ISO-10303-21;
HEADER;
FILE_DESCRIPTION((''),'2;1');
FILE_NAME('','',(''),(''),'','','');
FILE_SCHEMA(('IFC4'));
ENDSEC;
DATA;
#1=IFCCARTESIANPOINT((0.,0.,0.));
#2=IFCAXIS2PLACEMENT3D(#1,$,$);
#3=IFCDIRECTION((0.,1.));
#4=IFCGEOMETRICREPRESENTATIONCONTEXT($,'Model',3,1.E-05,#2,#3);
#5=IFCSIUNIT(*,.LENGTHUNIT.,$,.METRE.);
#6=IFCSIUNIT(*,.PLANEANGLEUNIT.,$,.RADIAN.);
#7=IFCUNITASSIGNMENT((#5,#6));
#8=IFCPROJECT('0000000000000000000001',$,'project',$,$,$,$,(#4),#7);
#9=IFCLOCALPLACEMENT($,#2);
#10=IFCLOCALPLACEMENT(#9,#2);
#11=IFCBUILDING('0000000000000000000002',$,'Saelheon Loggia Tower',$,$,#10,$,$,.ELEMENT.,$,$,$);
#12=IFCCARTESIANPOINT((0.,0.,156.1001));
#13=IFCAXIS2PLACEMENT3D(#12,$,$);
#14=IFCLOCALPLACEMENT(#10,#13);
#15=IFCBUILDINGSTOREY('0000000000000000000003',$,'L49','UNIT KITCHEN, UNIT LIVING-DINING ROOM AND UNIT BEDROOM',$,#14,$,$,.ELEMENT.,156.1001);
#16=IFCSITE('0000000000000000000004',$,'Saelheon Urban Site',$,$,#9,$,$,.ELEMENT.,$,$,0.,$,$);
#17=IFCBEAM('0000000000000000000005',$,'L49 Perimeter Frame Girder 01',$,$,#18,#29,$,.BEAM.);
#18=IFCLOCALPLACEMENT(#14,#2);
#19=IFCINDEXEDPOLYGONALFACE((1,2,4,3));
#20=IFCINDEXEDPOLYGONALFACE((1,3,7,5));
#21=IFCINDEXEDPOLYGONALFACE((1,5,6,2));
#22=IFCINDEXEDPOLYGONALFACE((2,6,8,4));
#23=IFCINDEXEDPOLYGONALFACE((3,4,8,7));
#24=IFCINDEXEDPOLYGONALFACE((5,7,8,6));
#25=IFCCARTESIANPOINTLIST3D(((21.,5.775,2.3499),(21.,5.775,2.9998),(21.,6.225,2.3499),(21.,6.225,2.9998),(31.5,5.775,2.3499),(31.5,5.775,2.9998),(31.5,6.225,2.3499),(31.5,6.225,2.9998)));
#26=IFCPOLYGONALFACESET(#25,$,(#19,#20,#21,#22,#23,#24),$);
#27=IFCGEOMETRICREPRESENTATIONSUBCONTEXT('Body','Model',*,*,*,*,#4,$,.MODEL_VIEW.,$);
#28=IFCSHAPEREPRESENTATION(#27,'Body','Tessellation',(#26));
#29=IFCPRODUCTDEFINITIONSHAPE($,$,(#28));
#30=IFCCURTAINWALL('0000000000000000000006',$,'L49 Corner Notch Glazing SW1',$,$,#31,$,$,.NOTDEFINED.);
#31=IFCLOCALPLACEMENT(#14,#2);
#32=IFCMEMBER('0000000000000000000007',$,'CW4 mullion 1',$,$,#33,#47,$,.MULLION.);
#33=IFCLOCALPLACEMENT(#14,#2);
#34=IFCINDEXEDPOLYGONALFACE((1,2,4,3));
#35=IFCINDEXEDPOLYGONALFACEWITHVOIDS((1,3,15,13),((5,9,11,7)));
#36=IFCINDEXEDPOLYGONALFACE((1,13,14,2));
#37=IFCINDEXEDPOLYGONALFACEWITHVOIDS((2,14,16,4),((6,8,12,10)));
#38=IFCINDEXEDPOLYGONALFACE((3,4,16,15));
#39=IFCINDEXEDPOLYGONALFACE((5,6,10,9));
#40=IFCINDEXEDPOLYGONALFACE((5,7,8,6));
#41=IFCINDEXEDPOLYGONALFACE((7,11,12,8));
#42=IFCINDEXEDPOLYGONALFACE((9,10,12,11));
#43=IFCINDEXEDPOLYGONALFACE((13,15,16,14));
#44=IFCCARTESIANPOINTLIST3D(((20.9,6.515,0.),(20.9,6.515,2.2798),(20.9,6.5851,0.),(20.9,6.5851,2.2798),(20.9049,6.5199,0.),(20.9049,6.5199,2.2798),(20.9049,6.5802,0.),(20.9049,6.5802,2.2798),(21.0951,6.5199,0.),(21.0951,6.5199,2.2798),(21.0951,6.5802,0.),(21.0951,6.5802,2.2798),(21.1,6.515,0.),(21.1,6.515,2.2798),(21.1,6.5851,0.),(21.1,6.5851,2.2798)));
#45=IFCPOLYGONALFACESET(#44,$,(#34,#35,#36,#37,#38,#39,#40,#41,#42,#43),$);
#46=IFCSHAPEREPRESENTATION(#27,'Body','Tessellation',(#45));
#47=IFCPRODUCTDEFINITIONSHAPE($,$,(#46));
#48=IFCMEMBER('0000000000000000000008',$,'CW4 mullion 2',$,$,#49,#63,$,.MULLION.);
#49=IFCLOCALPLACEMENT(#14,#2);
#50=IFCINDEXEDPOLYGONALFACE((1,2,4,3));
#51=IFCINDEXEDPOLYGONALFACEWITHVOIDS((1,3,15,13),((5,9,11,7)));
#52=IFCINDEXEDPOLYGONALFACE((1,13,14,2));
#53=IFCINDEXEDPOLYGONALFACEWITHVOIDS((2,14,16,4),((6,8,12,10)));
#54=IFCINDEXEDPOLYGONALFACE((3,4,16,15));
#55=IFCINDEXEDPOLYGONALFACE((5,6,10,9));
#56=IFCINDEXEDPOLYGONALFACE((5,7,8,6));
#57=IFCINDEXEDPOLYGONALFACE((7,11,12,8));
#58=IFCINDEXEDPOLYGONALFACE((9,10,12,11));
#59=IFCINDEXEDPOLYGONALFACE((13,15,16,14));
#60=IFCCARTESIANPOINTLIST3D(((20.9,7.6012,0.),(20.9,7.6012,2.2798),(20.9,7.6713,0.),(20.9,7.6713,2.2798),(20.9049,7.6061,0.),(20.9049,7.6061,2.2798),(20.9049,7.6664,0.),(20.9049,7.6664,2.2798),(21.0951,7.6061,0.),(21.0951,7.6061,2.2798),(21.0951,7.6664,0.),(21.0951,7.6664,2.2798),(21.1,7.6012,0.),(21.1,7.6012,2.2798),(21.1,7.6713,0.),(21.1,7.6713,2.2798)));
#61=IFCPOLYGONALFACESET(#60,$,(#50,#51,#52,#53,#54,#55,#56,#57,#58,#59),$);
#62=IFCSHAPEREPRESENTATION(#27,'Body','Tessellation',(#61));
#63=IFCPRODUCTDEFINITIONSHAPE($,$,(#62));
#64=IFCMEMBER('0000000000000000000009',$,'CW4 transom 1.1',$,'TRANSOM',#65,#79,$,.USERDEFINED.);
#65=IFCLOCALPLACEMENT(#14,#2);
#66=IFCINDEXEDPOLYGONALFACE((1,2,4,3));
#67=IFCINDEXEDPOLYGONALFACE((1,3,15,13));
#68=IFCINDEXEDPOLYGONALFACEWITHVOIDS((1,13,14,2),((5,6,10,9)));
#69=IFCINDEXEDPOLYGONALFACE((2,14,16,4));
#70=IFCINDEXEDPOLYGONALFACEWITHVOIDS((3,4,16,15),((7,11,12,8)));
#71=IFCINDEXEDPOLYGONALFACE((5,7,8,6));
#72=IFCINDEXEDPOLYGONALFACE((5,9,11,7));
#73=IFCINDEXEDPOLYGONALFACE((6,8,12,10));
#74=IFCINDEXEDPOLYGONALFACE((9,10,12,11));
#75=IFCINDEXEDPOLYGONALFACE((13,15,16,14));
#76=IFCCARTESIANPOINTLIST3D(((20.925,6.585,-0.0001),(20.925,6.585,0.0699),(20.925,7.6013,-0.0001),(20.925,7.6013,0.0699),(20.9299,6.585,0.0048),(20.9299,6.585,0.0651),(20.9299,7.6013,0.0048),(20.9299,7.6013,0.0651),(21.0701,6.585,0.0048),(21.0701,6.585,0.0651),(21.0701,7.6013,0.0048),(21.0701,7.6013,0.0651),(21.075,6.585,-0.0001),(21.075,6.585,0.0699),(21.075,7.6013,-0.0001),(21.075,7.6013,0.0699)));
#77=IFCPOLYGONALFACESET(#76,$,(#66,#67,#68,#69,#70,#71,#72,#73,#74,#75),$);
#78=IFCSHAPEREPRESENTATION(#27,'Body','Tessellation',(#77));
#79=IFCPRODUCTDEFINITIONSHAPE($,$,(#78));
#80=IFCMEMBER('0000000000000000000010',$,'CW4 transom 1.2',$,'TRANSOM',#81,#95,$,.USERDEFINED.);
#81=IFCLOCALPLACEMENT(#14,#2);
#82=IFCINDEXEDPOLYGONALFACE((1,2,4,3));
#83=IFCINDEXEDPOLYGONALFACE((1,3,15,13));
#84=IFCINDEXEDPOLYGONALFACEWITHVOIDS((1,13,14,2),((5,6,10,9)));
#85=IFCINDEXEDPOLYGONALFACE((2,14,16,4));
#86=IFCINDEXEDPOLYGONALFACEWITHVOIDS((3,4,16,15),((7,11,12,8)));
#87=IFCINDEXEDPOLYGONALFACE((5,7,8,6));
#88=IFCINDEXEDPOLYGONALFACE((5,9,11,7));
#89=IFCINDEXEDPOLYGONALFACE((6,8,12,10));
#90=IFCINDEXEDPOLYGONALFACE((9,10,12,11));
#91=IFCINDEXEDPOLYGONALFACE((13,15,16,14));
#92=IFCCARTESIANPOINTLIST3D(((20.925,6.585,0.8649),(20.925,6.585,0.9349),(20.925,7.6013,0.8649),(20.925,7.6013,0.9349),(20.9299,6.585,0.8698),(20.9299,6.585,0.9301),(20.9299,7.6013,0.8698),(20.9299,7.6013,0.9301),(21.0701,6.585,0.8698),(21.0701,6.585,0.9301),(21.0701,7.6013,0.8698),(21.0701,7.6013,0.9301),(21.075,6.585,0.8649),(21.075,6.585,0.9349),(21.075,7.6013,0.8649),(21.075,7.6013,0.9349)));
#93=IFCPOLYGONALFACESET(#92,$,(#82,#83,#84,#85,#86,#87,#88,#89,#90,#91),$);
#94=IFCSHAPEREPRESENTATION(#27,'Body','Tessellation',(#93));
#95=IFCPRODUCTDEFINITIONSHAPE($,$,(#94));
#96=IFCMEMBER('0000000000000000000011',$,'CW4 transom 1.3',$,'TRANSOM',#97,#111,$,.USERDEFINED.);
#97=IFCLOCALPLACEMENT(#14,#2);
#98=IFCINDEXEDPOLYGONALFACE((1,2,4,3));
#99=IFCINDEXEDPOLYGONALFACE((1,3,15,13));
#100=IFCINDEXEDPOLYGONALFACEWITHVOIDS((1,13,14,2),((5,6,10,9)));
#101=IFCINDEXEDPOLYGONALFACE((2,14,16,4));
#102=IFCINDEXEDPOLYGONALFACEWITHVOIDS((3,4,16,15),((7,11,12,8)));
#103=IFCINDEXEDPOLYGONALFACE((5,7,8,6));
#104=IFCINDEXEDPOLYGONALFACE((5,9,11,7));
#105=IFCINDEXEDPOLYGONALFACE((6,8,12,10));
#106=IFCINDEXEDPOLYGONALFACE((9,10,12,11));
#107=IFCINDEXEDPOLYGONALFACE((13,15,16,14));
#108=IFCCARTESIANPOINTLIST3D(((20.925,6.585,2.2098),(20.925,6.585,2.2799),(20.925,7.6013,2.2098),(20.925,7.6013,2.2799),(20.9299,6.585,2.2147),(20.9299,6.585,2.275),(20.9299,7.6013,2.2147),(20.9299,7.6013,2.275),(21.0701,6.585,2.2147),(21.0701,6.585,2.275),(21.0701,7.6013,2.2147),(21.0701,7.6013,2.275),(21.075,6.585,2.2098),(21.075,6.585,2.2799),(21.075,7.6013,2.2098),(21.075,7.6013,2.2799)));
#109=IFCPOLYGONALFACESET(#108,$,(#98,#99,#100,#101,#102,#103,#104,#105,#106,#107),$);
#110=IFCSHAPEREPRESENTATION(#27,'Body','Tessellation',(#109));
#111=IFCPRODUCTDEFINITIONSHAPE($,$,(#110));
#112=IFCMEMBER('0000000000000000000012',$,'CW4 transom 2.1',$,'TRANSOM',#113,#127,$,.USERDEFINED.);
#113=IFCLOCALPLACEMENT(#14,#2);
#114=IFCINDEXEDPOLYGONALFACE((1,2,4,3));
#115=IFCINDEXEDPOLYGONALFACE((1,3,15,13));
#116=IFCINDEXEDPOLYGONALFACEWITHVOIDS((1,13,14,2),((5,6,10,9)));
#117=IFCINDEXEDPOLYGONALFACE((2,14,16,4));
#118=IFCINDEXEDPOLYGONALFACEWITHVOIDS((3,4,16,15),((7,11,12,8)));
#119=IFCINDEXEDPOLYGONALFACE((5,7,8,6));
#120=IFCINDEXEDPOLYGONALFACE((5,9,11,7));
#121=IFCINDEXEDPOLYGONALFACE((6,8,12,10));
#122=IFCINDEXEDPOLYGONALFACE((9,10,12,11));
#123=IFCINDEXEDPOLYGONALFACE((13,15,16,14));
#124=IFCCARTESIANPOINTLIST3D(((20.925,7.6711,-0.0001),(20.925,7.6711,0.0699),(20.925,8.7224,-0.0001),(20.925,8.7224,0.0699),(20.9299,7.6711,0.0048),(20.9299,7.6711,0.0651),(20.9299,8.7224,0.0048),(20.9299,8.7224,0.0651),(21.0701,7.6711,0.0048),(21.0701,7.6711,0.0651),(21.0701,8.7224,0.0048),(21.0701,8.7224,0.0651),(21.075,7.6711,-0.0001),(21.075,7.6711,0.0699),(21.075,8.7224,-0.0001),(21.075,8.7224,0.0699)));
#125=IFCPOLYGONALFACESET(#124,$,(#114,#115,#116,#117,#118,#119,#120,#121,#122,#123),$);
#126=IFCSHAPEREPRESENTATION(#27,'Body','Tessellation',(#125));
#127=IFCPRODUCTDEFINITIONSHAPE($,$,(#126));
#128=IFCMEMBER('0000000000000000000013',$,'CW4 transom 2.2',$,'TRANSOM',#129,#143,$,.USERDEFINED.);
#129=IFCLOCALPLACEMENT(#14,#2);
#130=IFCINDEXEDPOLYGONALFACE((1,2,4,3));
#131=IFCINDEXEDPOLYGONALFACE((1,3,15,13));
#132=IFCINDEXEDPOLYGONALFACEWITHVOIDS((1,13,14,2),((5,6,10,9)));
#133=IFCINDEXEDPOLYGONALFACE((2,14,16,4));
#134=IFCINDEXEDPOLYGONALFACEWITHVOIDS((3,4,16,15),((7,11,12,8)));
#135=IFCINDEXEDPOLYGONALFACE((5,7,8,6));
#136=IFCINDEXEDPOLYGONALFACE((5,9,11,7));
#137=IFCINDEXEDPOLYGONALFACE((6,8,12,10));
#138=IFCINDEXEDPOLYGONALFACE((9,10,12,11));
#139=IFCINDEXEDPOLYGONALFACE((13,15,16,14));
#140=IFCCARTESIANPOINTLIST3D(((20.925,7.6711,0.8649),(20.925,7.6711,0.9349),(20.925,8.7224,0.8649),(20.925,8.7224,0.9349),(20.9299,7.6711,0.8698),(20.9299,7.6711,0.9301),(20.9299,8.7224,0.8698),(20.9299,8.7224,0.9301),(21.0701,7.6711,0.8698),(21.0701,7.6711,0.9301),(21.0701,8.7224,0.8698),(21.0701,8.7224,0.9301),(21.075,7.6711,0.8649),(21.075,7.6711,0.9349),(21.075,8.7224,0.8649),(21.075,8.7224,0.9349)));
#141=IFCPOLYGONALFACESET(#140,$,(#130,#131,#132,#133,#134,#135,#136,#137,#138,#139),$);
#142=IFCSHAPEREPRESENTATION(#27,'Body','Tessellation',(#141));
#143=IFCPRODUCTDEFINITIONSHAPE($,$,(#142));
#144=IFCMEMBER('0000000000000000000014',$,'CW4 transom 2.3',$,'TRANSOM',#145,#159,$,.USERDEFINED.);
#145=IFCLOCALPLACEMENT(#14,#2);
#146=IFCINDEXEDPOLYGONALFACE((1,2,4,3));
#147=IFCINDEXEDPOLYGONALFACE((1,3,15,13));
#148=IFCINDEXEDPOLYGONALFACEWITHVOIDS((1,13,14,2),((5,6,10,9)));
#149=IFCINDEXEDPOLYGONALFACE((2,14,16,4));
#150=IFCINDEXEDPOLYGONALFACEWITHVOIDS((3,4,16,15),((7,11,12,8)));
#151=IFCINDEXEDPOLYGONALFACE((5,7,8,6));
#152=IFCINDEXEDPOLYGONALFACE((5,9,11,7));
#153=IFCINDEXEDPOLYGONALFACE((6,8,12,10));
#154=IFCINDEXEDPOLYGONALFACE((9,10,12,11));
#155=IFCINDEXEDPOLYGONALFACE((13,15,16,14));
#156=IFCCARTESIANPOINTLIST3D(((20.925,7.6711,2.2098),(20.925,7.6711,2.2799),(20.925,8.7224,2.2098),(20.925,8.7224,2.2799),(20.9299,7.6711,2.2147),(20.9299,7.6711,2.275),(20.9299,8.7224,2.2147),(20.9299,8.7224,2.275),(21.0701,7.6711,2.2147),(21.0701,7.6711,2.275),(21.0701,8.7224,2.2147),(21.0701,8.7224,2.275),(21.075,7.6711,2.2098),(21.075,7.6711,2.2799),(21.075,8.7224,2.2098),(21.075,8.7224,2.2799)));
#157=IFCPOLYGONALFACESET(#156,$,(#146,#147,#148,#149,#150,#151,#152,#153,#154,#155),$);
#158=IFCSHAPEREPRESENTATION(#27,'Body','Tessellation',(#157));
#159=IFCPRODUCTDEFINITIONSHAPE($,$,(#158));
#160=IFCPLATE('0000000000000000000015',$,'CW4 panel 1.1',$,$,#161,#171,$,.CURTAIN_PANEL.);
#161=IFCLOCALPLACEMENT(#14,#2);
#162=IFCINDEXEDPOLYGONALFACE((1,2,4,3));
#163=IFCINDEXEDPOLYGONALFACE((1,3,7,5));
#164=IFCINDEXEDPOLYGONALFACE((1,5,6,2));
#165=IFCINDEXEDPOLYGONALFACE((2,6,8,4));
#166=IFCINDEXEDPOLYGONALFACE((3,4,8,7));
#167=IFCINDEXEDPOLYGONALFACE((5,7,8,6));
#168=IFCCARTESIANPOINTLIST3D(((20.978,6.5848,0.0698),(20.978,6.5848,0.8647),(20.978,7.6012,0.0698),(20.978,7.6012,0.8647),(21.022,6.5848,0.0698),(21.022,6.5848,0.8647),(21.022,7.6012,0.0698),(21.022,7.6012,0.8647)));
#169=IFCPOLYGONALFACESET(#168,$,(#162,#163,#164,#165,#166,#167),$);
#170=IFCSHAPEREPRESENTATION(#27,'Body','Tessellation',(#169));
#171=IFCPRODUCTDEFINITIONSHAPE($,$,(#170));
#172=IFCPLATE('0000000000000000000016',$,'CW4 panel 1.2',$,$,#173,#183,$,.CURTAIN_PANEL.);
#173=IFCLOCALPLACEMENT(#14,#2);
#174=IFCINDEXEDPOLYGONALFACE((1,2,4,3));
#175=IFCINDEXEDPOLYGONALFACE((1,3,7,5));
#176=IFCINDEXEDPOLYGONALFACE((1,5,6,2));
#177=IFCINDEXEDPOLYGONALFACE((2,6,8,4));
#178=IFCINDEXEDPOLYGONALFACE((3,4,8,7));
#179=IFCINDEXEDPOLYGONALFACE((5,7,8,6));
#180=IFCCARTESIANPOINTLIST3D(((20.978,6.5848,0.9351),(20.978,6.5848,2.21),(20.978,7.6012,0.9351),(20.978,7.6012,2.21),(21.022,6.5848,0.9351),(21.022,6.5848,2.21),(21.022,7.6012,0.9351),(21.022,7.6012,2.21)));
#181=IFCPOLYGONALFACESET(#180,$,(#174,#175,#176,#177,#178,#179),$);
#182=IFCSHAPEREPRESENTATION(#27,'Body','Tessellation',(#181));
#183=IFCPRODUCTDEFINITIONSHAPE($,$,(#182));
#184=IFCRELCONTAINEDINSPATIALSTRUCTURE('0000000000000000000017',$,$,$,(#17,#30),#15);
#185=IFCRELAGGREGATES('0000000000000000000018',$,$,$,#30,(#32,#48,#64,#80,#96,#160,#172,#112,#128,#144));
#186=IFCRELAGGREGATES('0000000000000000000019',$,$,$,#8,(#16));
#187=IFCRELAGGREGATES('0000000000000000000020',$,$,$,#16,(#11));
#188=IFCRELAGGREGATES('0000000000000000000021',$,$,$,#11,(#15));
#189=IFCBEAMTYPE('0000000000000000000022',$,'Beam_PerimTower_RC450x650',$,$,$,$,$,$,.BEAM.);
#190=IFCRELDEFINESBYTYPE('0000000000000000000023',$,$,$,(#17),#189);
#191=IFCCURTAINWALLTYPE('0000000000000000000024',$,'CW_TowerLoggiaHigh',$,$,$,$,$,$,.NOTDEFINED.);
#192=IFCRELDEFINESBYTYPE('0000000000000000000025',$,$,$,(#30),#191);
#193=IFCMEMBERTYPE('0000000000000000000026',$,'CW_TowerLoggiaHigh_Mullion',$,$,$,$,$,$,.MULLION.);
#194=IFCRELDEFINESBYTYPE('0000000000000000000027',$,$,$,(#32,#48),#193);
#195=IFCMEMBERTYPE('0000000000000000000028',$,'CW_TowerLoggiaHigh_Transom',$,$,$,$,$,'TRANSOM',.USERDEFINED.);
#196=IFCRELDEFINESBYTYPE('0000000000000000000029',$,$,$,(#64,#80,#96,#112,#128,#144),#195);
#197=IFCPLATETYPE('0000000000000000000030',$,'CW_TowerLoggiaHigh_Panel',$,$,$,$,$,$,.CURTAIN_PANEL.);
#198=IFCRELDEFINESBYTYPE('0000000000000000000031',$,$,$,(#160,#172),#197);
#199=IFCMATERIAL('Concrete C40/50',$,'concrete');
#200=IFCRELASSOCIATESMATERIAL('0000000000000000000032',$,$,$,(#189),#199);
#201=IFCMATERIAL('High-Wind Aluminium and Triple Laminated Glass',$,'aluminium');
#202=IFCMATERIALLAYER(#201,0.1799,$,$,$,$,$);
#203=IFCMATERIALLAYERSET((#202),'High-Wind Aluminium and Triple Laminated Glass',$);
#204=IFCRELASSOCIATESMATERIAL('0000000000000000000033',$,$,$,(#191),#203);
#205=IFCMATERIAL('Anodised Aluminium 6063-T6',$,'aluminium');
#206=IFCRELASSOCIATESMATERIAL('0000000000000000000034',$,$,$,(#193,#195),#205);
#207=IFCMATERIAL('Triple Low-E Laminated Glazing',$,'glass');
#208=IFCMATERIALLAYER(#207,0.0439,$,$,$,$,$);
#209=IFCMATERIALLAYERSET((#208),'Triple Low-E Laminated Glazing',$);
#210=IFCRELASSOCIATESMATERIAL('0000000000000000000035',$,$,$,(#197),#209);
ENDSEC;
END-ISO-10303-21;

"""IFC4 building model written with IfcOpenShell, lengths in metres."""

from ifc_helpers import new_model, si_unit, direction, frame, origin, origin_2d, place, context, subcontext, project, spatial, rectangle, hollow_rectangle, extrude, source, transform, mapped, material, layer, layer_set, material_profile, profile_set, type_object, element, aggregate, save


model = new_model("IFC4")

# Units and contexts
model_context = context("Model", 3, precision=1e-05, world=origin(), true_north=direction((0.0, 1.0)))
body_context = subcontext(model_context, "Body", "Model", "MODEL_VIEW")
ifc_project = project(units=[si_unit("LENGTHUNIT", "METRE"), si_unit("PLANEANGLEUNIT", "RADIAN")], contexts=[model_context])

# Site, building, storey
site_placement = place(None, origin())
site = spatial("IfcSite", under=ifc_project, at=site_placement, Name="Saelheon Urban Site", CompositionType="ELEMENT", RefElevation=0.0)
building_placement = place(site_placement, origin())
building = spatial("IfcBuilding", under=site, at=building_placement, Name="Saelheon Loggia Tower", CompositionType="ELEMENT")
storey_placement = place(building_placement, frame((0.0, 0.0, 156.1001)))
storey = spatial("IfcBuildingStorey", under=building, at=storey_placement, Name="L49", Description="UNIT KITCHEN, UNIT LIVING-DINING ROOM AND UNIT BEDROOM", CompositionType="ELEMENT", Elevation=156.1001)

# Beam
ifc_material_1 = material(Name="Concrete C40/50", Category="concrete")
ifc_material_profile_1 = material_profile(ifc_material_1, rectangle(XDim=0.45, YDim=0.6499, at=origin_2d()), Name="RC-450x650")
ifc_profile_set_1 = profile_set([ifc_material_profile_1], Name="Concrete C40/50")
beam_type = type_object("IfcBeamType", Name="Beam_PerimTower_RC450x650", PredefinedType="BEAM", material=ifc_profile_set_1)
shared_shape_1 = source(origin(), body_context, "Body", "SweptSolid", [
    extrude(rectangle(XDim=0.45, YDim=0.6499, at=origin_2d()), origin(), (0.0, 0.0, 1.0), 10.5),
])
beam_placement = place(storey_placement, frame((21.0, 6.0, 2.6748), z_axis=(1.0, 0.0, 0.0), x_axis=(0.0, 1.0, 0.0)))
element("IfcBeam", 1, at=beam_placement, inside=storey, type_object=beam_type, Name="L49 Perimeter Frame Girder 01", PredefinedType="BEAM", context=body_context, shape_type="MappedRepresentation", body=[
    mapped(shared_shape_1, transform((0.0, 0.0, 0.0), scale=1.0)),
])

# Curtain wall, members, plates
ifc_material_2 = material(Name="High-Wind Aluminium and Triple Laminated Glass", Category="aluminium")
ifc_layer_1 = layer(ifc_material_2, 0.1799)
ifc_layer_set_1 = layer_set([ifc_layer_1], Name="High-Wind Aluminium and Triple Laminated Glass")
curtain_wall_type = type_object("IfcCurtainWallType", Name="CW_TowerLoggiaHigh", PredefinedType="NOTDEFINED", material=ifc_layer_set_1)
curtain_wall_placement = place(storey_placement, origin())
curtain_wall = element("IfcCurtainWall", 2, at=curtain_wall_placement, inside=storey, type_object=curtain_wall_type, Name="L49 Corner Notch Glazing SW1", PredefinedType="NOTDEFINED")
ifc_material_3 = material(Name="Anodised Aluminium 6063-T6", Category="aluminium")
ifc_material_profile_2 = material_profile(ifc_material_3, hollow_rectangle(XDim=0.0701, YDim=0.2, WallThickness=0.0049, at=origin_2d()), Name="RHS-200x70x5")
ifc_profile_set_2 = profile_set([ifc_material_profile_2], Name="Anodised Aluminium 6063-T6")
member_type_1 = type_object("IfcMemberType", Name="CW_TowerLoggiaHigh_Mullion", PredefinedType="MULLION", material=ifc_profile_set_2)
shared_shape_2 = source(origin(), body_context, "Body", "SweptSolid", [
    extrude(hollow_rectangle(XDim=0.0701, YDim=0.2, WallThickness=0.0049, at=origin_2d()), origin(), (0.0, 0.0, 1.0), 2.2798),
])
member_1_placement = place(storey_placement, frame((21.0, 6.55, 0.0), z_axis=(0.0, 0.0, 1.0), x_axis=(0.0, 1.0, 0.0)))
member_1 = element("IfcMember", 3, at=member_1_placement, type_object=member_type_1, Name="CW4 mullion 1", PredefinedType="MULLION", context=body_context, shape_type="MappedRepresentation", body=[
    mapped(shared_shape_2, transform((0.0, 0.0, 0.0), scale=1.0)),
])
member_2_placement = place(storey_placement, frame((21.0, 7.6362, 0.0), z_axis=(0.0, 0.0, 1.0), x_axis=(0.0, 1.0, 0.0)))
member_2 = element("IfcMember", 4, at=member_2_placement, type_object=member_type_1, Name="CW4 mullion 2", PredefinedType="MULLION", context=body_context, shape_type="MappedRepresentation", body=[
    mapped(shared_shape_2, transform((0.0, 0.0, 0.0), scale=1.0)),
])
ifc_material_profile_3 = material_profile(ifc_material_3, hollow_rectangle(XDim=0.0701, YDim=0.1499, WallThickness=0.0049, at=origin_2d()), Name="RHS-150x70x5")
ifc_profile_set_3 = profile_set([ifc_material_profile_3], Name="Anodised Aluminium 6063-T6")
member_type_2 = type_object("IfcMemberType", Name="CW_TowerLoggiaHigh_Transom", ElementType="TRANSOM", PredefinedType="USERDEFINED", material=ifc_profile_set_3)
shared_shape_3 = source(origin(), body_context, "Body", "SweptSolid", [
    extrude(hollow_rectangle(XDim=0.0701, YDim=0.1499, WallThickness=0.0049, at=origin_2d()), origin(), (0.0, 0.0, 1.0), 1.0164),
])
member_3_placement = place(storey_placement, frame((21.0, 6.585, 0.0349), z_axis=(0.0, 1.0, 0.0), x_axis=(0.0, 0.0, 1.0)))
member_3 = element("IfcMember", 5, at=member_3_placement, type_object=member_type_2, Name="CW4 transom 1.1", ObjectType="TRANSOM", PredefinedType="USERDEFINED", context=body_context, shape_type="MappedRepresentation", body=[
    mapped(shared_shape_3, transform((0.0, 0.0, 0.0), scale=1.0)),
])
member_4_placement = place(storey_placement, frame((21.0, 6.585, 0.8999), z_axis=(0.0, 1.0, 0.0), x_axis=(0.0, 0.0, 1.0)))
member_4 = element("IfcMember", 6, at=member_4_placement, type_object=member_type_2, Name="CW4 transom 1.2", ObjectType="TRANSOM", PredefinedType="USERDEFINED", context=body_context, shape_type="MappedRepresentation", body=[
    mapped(shared_shape_3, transform((0.0, 0.0, 0.0), scale=1.0)),
])
member_5_placement = place(storey_placement, frame((21.0, 6.585, 2.2449), z_axis=(0.0, 1.0, 0.0), x_axis=(0.0, 0.0, 1.0)))
member_5 = element("IfcMember", 7, at=member_5_placement, type_object=member_type_2, Name="CW4 transom 1.3", ObjectType="TRANSOM", PredefinedType="USERDEFINED", context=body_context, shape_type="MappedRepresentation", body=[
    mapped(shared_shape_3, transform((0.0, 0.0, 0.0), scale=1.0)),
])
shared_shape_4 = source(origin(), body_context, "Body", "SweptSolid", [
    extrude(hollow_rectangle(XDim=0.0701, YDim=0.1499, WallThickness=0.0049, at=origin_2d()), origin(), (0.0, 0.0, 1.0), 1.0513),
])
member_6_placement = place(storey_placement, frame((21.0, 7.6711, 0.0349), z_axis=(0.0, 1.0, 0.0), x_axis=(0.0, 0.0, 1.0)))
member_6 = element("IfcMember", 8, at=member_6_placement, type_object=member_type_2, Name="CW4 transom 2.1", ObjectType="TRANSOM", PredefinedType="USERDEFINED", context=body_context, shape_type="MappedRepresentation", body=[
    mapped(shared_shape_4, transform((0.0, 0.0, 0.0), scale=1.0)),
])
member_7_placement = place(storey_placement, frame((21.0, 7.6711, 0.8999), z_axis=(0.0, 1.0, 0.0), x_axis=(0.0, 0.0, 1.0)))
member_7 = element("IfcMember", 9, at=member_7_placement, type_object=member_type_2, Name="CW4 transom 2.2", ObjectType="TRANSOM", PredefinedType="USERDEFINED", context=body_context, shape_type="MappedRepresentation", body=[
    mapped(shared_shape_4, transform((0.0, 0.0, 0.0), scale=1.0)),
])
member_8_placement = place(storey_placement, frame((21.0, 7.6711, 2.2449), z_axis=(0.0, 1.0, 0.0), x_axis=(0.0, 0.0, 1.0)))
member_8 = element("IfcMember", 10, at=member_8_placement, type_object=member_type_2, Name="CW4 transom 2.3", ObjectType="TRANSOM", PredefinedType="USERDEFINED", context=body_context, shape_type="MappedRepresentation", body=[
    mapped(shared_shape_4, transform((0.0, 0.0, 0.0), scale=1.0)),
])
ifc_material_4 = material(Name="Triple Low-E Laminated Glazing", Category="glass")
ifc_layer_2 = layer(ifc_material_4, 0.0439)
ifc_layer_set_2 = layer_set([ifc_layer_2], Name="Triple Low-E Laminated Glazing")
plate_type = type_object("IfcPlateType", Name="CW_TowerLoggiaHigh_Panel", PredefinedType="CURTAIN_PANEL", material=ifc_layer_set_2)
shared_shape_5 = source(origin(), body_context, "Body", "SweptSolid", [
    extrude(rectangle(XDim=1.0164, YDim=0.0439, at=origin_2d()), origin(), (0.0, 0.0, 1.0), 0.7949),
])
plate_1_placement = place(storey_placement, frame((21.0, 7.093, 0.0698), z_axis=(0.0, 0.0, 1.0), x_axis=(0.0, 1.0, 0.0)))
plate_1 = element("IfcPlate", 11, at=plate_1_placement, type_object=plate_type, Name="CW4 panel 1.1", PredefinedType="CURTAIN_PANEL", context=body_context, shape_type="MappedRepresentation", body=[
    mapped(shared_shape_5, transform((0.0, 0.0, 0.0), scale=1.0)),
])
shared_shape_6 = source(origin(), body_context, "Body", "SweptSolid", [
    extrude(rectangle(XDim=1.0164, YDim=0.0439, at=origin_2d()), origin(), (0.0, 0.0, 1.0), 1.2749),
])
plate_2_placement = place(storey_placement, frame((21.0, 7.093, 0.9351), z_axis=(0.0, 0.0, 1.0), x_axis=(0.0, 1.0, 0.0)))
plate_2 = element("IfcPlate", 12, at=plate_2_placement, type_object=plate_type, Name="CW4 panel 1.2", PredefinedType="CURTAIN_PANEL", context=body_context, shape_type="MappedRepresentation", body=[
    mapped(shared_shape_6, transform((0.0, 0.0, 0.0), scale=1.0)),
])
aggregate(curtain_wall, [member_1, member_2, member_3, member_4, member_5, plate_1, plate_2, member_6, member_7, member_8])

save(model, "model.ifc")
